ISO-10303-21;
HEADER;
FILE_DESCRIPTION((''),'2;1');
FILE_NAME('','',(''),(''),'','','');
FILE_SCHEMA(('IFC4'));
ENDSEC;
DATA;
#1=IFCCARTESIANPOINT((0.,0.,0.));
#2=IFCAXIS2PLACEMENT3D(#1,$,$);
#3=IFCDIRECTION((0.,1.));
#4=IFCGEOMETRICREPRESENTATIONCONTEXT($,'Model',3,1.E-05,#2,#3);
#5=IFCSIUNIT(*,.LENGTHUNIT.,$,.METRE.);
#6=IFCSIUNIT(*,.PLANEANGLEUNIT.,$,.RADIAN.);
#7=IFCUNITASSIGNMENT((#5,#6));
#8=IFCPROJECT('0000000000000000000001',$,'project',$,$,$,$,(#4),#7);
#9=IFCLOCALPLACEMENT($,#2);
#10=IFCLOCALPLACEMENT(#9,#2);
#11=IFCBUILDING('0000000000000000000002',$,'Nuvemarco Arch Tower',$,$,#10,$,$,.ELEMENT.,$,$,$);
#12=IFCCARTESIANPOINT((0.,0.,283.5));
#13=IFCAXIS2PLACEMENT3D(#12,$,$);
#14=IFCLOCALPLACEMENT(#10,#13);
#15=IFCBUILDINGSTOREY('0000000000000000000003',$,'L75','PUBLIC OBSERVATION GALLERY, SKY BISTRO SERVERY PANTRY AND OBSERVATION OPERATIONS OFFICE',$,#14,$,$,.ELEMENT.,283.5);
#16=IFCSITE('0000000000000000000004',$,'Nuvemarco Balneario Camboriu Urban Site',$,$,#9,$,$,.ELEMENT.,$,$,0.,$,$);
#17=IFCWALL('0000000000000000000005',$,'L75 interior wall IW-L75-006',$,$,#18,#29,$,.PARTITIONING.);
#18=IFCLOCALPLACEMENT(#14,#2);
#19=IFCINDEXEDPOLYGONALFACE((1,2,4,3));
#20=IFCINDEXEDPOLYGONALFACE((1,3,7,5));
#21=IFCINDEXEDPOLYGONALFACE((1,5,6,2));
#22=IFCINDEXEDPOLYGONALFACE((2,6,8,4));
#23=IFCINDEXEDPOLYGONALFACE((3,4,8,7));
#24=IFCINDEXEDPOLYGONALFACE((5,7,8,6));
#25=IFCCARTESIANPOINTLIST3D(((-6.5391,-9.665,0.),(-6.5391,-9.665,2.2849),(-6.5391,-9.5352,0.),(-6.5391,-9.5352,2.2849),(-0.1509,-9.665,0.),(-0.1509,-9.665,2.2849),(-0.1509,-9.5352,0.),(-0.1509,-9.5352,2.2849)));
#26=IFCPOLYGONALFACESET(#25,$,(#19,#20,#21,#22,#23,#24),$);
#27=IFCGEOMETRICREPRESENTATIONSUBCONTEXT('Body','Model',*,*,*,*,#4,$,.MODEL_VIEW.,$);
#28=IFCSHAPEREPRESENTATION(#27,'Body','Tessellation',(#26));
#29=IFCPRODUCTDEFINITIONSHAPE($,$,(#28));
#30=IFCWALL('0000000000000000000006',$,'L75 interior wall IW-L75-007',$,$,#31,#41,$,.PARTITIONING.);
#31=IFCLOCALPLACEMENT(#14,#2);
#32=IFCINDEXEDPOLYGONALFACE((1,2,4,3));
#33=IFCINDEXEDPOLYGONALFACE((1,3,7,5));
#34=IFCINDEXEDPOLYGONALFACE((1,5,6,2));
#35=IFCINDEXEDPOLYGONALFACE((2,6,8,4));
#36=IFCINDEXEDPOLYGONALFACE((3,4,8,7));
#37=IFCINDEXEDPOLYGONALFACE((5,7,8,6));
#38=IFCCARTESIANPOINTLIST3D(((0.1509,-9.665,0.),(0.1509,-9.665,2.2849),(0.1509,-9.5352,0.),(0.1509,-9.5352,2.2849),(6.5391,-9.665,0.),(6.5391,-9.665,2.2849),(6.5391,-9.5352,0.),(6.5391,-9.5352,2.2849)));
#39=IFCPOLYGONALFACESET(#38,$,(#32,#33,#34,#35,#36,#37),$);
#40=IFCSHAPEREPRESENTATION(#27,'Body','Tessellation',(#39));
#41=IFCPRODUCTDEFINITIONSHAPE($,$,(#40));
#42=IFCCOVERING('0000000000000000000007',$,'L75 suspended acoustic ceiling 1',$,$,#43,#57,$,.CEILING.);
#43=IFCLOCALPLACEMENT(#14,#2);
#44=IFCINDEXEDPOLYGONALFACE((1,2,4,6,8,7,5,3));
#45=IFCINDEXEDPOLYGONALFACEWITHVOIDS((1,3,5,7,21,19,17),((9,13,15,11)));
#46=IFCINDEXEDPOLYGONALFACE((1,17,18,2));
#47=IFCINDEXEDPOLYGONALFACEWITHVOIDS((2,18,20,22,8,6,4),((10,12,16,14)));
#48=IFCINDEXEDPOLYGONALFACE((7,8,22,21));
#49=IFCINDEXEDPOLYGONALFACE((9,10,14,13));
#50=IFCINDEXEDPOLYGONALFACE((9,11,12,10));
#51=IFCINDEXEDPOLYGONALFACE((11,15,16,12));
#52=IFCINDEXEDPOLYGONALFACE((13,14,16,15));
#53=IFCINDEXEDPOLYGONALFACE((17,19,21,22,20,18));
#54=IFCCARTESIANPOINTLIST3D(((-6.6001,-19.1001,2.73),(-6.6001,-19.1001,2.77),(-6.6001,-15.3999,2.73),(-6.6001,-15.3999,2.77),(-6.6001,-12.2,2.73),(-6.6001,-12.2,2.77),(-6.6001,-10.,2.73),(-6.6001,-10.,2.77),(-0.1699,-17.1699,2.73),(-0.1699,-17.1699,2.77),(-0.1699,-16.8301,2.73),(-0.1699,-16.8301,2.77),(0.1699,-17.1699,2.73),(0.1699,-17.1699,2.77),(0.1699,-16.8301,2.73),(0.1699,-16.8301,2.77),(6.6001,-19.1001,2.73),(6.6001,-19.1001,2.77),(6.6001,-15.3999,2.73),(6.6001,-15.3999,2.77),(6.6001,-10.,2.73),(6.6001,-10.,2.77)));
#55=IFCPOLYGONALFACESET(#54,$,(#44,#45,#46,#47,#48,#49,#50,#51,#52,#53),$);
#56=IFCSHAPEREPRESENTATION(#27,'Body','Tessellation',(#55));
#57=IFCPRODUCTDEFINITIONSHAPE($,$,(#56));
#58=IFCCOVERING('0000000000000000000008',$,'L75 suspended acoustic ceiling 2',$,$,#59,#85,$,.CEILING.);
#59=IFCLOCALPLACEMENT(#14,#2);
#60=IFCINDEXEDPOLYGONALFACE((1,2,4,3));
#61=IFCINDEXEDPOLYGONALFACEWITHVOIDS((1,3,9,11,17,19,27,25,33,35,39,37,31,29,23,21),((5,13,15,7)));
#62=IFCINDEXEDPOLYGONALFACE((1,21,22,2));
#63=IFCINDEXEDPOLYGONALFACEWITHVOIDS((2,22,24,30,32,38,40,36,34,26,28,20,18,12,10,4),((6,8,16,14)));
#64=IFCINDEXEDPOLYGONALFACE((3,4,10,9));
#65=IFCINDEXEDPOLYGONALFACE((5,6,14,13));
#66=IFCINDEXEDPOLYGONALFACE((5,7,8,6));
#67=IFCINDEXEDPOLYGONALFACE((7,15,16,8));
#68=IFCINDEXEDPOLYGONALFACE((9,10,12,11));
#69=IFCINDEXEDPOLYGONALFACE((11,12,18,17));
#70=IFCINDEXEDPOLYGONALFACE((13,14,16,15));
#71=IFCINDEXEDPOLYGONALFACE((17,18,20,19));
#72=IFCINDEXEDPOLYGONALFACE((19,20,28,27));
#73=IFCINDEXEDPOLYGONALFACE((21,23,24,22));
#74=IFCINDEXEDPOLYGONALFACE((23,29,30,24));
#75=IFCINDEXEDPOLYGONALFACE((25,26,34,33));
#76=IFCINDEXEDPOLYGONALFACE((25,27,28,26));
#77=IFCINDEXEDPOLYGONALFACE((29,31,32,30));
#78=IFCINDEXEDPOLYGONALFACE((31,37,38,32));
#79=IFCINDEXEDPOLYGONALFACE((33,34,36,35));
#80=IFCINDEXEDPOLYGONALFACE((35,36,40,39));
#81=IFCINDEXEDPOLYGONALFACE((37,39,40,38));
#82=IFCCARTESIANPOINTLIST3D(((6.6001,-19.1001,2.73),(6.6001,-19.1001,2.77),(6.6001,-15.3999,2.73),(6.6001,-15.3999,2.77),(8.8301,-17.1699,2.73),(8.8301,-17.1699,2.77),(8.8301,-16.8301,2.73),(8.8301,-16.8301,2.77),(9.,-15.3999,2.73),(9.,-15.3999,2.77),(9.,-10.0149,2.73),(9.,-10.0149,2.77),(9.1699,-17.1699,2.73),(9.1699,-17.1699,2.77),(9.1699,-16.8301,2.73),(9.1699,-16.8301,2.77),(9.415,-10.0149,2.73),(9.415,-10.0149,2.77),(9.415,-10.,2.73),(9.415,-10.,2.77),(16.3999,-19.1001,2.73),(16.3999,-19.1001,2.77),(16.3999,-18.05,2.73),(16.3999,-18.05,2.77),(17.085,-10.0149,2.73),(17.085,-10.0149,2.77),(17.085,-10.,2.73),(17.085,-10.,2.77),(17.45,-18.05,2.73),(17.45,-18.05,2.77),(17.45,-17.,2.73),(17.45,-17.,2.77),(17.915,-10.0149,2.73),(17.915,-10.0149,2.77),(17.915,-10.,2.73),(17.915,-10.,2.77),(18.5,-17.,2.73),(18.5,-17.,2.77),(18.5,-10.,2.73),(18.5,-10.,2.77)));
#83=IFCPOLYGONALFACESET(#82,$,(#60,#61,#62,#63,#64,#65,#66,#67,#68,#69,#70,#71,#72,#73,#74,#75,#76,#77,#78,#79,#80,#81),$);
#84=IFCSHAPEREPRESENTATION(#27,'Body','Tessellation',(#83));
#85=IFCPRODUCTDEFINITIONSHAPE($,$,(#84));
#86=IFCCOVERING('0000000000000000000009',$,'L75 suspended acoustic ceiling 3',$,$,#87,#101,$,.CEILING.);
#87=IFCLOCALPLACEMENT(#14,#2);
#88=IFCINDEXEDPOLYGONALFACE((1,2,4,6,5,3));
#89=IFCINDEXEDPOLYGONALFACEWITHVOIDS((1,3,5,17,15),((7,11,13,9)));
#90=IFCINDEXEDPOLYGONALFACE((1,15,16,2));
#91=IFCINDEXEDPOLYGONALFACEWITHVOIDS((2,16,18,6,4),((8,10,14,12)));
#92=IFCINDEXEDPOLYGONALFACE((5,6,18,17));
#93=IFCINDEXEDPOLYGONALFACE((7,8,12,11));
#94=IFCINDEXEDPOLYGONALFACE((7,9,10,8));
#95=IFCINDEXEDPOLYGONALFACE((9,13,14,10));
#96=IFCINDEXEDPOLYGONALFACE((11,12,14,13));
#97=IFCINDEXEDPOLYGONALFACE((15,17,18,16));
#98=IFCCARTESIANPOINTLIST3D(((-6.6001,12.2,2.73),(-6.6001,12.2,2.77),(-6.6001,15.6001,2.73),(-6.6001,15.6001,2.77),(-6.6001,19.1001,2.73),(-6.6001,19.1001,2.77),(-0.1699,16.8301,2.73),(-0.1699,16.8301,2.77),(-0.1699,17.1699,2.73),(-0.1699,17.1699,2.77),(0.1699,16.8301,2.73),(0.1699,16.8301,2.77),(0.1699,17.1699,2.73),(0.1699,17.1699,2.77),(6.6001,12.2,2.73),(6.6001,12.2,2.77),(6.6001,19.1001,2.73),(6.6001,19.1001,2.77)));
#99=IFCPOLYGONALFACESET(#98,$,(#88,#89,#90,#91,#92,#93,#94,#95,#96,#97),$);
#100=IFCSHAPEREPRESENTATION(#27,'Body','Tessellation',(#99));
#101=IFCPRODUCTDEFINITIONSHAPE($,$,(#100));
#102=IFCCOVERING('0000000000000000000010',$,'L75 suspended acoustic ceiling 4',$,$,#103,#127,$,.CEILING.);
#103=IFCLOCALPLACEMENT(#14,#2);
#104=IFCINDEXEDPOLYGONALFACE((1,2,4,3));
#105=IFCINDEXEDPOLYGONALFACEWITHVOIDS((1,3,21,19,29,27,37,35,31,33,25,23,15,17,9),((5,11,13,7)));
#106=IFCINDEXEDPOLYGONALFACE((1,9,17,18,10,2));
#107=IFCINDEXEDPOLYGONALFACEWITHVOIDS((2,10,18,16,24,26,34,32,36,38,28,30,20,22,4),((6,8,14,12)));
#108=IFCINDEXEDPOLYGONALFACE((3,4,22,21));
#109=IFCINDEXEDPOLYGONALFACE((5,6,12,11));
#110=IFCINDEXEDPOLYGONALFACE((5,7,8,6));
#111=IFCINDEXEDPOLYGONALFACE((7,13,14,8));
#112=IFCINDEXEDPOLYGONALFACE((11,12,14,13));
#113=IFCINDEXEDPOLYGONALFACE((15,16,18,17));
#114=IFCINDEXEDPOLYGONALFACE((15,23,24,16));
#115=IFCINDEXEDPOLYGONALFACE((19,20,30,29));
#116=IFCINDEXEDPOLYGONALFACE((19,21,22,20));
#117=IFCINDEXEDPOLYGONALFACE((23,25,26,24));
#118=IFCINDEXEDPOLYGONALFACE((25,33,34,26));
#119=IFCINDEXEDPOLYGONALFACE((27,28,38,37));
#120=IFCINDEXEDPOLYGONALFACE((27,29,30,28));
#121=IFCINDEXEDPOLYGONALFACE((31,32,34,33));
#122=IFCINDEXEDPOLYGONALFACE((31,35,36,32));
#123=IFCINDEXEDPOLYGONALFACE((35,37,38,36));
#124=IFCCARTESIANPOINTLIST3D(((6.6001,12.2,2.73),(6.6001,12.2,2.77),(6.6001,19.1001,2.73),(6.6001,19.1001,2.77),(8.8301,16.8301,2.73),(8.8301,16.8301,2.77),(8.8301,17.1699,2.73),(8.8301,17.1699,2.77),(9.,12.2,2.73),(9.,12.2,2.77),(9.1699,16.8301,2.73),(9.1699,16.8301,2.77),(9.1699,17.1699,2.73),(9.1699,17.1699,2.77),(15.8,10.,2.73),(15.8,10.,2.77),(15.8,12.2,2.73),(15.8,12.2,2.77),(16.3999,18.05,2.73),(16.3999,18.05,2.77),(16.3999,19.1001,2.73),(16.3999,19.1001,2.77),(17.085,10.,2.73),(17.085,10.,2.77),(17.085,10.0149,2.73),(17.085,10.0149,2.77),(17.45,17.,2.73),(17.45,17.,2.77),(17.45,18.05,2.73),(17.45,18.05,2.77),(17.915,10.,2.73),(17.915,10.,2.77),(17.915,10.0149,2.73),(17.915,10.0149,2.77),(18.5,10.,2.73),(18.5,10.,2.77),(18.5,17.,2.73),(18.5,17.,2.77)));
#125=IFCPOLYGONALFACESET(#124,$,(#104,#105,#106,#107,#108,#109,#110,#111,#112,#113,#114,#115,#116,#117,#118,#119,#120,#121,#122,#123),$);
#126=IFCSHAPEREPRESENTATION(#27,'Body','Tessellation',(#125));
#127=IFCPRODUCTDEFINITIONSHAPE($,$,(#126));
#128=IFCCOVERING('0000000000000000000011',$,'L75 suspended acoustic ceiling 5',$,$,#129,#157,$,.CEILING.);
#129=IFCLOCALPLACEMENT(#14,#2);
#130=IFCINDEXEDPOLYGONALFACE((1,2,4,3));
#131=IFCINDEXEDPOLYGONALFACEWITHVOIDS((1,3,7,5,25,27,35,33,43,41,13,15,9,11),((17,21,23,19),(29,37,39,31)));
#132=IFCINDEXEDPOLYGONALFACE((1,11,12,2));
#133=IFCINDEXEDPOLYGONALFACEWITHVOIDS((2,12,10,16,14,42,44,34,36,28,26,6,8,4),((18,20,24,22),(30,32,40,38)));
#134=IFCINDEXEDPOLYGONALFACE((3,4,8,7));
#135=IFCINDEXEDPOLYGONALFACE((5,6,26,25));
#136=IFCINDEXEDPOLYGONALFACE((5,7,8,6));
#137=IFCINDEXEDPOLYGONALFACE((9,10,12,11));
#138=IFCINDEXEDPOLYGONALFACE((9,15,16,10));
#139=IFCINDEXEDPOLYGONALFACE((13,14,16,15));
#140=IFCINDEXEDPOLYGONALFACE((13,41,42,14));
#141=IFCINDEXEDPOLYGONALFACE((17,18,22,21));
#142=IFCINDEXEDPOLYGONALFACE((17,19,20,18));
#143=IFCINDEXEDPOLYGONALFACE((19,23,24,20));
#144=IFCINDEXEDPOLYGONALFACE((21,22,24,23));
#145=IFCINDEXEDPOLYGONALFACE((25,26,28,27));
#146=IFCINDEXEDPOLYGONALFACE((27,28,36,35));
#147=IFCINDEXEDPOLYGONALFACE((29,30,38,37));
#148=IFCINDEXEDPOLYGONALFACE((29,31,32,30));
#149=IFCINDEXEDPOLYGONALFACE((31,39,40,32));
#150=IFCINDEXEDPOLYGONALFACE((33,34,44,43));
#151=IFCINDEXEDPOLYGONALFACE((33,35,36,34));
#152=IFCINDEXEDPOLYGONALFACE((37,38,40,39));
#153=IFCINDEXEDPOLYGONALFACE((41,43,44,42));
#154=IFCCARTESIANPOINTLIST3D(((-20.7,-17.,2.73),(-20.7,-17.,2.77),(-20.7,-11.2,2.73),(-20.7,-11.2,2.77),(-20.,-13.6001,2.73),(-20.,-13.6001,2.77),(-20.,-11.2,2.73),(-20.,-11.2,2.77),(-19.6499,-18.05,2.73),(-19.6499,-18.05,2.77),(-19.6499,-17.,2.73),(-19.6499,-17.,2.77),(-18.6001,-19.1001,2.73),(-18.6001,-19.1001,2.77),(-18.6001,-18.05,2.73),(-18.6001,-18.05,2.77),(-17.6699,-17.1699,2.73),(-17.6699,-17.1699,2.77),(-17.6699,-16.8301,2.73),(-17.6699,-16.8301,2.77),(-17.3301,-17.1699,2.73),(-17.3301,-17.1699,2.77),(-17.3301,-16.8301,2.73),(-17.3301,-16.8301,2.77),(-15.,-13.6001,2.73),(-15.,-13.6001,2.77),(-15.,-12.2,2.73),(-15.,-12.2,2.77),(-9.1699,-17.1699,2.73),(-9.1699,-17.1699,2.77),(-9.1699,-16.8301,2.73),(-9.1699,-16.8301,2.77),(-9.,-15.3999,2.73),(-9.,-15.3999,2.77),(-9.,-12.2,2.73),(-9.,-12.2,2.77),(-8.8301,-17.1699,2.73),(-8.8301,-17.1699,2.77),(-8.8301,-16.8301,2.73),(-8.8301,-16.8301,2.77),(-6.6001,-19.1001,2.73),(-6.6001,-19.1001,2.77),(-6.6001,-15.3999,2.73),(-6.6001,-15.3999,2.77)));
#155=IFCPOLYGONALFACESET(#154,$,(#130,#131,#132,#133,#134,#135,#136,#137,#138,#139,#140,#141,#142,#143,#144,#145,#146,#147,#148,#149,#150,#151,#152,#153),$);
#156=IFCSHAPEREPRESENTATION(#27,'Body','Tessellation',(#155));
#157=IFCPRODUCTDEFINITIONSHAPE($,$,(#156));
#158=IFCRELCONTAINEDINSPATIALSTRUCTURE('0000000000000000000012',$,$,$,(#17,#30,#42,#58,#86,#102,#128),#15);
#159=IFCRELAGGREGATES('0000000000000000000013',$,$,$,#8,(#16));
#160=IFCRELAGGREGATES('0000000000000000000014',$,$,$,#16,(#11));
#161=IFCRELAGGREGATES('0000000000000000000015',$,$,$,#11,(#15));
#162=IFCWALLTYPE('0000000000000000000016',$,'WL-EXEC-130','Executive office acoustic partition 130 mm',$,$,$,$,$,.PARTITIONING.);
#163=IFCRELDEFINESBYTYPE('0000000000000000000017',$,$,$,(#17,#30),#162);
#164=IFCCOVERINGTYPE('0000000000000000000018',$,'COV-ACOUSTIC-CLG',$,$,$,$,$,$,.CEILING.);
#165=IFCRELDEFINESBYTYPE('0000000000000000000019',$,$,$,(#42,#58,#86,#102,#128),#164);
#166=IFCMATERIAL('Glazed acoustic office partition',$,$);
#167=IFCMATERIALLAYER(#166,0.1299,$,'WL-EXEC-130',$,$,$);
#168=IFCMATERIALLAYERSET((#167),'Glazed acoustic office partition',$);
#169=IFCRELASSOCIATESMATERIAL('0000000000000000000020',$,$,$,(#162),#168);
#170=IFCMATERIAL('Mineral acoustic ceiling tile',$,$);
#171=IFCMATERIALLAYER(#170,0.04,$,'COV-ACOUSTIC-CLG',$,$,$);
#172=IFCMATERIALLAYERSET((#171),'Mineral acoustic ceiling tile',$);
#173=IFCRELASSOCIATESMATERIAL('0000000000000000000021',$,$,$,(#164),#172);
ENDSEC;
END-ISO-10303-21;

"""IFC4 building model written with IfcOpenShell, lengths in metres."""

from ifc_helpers import new_model, si_unit, direction, frame, frame_2d, origin, place, context, subcontext, project, spatial, polyline, rectangle, outline, extrude, material, layer, layer_set, type_object, element, save


model = new_model("IFC4")

# Units and contexts
model_context = context("Model", 3, precision=1e-05, world=origin(), true_north=direction((0.0, 1.0)))
body_context = subcontext(model_context, "Body", "Model", "MODEL_VIEW")
ifc_project = project(units=[si_unit("LENGTHUNIT", "METRE"), si_unit("PLANEANGLEUNIT", "RADIAN")], contexts=[model_context])

# Site, building, storey
site_placement = place(None, origin())
site = spatial("IfcSite", under=ifc_project, at=site_placement, Name="Nuvemarco Balneario Camboriu Urban Site", CompositionType="ELEMENT", RefElevation=0.0)
building_placement = place(site_placement, origin())
building = spatial("IfcBuilding", under=site, at=building_placement, Name="Nuvemarco Arch Tower", CompositionType="ELEMENT")
storey_placement = place(building_placement, frame((0.0, 0.0, 283.5)))
storey = spatial("IfcBuildingStorey", under=building, at=storey_placement, Name="L75", Description="PUBLIC OBSERVATION GALLERY, SKY BISTRO SERVERY PANTRY AND OBSERVATION OPERATIONS OFFICE", CompositionType="ELEMENT", Elevation=283.5)

# Walls
ifc_material_1 = material(Name="Glazed acoustic office partition")
ifc_layer_1 = layer(ifc_material_1, 0.1299, Name="WL-EXEC-130")
ifc_layer_set_1 = layer_set([ifc_layer_1], Name="Glazed acoustic office partition")
wall_type_1 = type_object("IfcWallType", Name="WL-EXEC-130", Description="Executive office acoustic partition 130 mm", PredefinedType="PARTITIONING", material=ifc_layer_set_1)
for number, where, z_axis, x_axis, name in (
    (1, (-6.5391, -9.6001, 0.0), (0.0, 0.0, 1.0), (1.0, 0.0, 0.0), "L75 interior wall IW-L75-006"),
    (2, (0.1509, -9.6001, 0.0), (0.0, 0.0, 1.0), (1.0, 0.0, 0.0), "L75 interior wall IW-L75-007"),
):
    element("IfcWall", number, at=place(storey_placement, frame(where, z_axis=z_axis, x_axis=x_axis)), inside=storey, type_object=wall_type_1, Name=name, PredefinedType="PARTITIONING", context=body_context, shape_type="SweptSolid", body=[
        extrude(rectangle(XDim=6.3882, YDim=0.1299, at=frame_2d((3.1941, 0.0))), origin(), (0.0, 0.0, 1.0), 2.2849),
    ])

# Coverings
ifc_material_2 = material(Name="Mineral acoustic ceiling tile")
ifc_layer_2 = layer(ifc_material_2, 0.04, Name="COV-ACOUSTIC-CLG")
ifc_layer_set_2 = layer_set([ifc_layer_2], Name="Mineral acoustic ceiling tile")
covering_type = type_object("IfcCoveringType", Name="COV-ACOUSTIC-CLG", PredefinedType="CEILING", material=ifc_layer_set_2)
covering_1_placement = place(storey_placement, frame((0.0, 0.0, 2.73)))
element("IfcCovering", 3, at=covering_1_placement, inside=storey, type_object=covering_type, Name="L75 suspended acoustic ceiling 1", PredefinedType="CEILING", context=body_context, shape_type="SweptSolid", body=[
    extrude(outline(polyline([(6.6001, -15.3999), (6.6001, -19.1001), (-6.6001, -19.1001), (-6.6001, -15.3999), (-6.6001, -12.2), (-6.6001, -10.0), (6.6001, -10.0), (6.6001, -15.3999)]), holes=[polyline([(0.1699, -17.1699), (0.1699, -16.8301), (-0.1699, -16.8301), (-0.1699, -17.1699), (0.1699, -17.1699)])]), origin(), (0.0, 0.0, 1.0), 0.04),
])
covering_2_placement = place(storey_placement, frame((0.0, 0.0, 2.73)))
element("IfcCovering", 4, at=covering_2_placement, inside=storey, type_object=covering_type, Name="L75 suspended acoustic ceiling 2", PredefinedType="CEILING", context=body_context, shape_type="SweptSolid", body=[
    extrude(outline(polyline([(16.3999, -19.1001), (6.6001, -19.1001), (6.6001, -15.3999), (9.0, -15.3999), (9.0, -10.0149), (9.415, -10.0149), (9.415, -10.0), (17.085, -10.0), (17.085, -10.0149), (17.915, -10.0149), (17.915, -10.0), (18.5, -10.0), (18.5, -17.0), (17.45, -17.0), (17.45, -18.05), (16.3999, -18.05), (16.3999, -19.1001)]), holes=[polyline([(9.1699, -17.1699), (9.1699, -16.8301), (8.8301, -16.8301), (8.8301, -17.1699), (9.1699, -17.1699)])]), origin(), (0.0, 0.0, 1.0), 0.04),
])
covering_3_placement = place(storey_placement, frame((0.0, 0.0, 2.73)))
element("IfcCovering", 5, at=covering_3_placement, inside=storey, type_object=covering_type, Name="L75 suspended acoustic ceiling 3", PredefinedType="CEILING", context=body_context, shape_type="SweptSolid", body=[
    extrude(outline(polyline([(6.6001, 12.2), (-6.6001, 12.2), (-6.6001, 15.6001), (-6.6001, 19.1001), (6.6001, 19.1001), (6.6001, 12.2)]), holes=[polyline([(0.1699, 16.8301), (0.1699, 17.1699), (-0.1699, 17.1699), (-0.1699, 16.8301), (0.1699, 16.8301)])]), origin(), (0.0, 0.0, 1.0), 0.04),
])
covering_4_placement = place(storey_placement, frame((0.0, 0.0, 2.73)))
element("IfcCovering", 6, at=covering_4_placement, inside=storey, type_object=covering_type, Name="L75 suspended acoustic ceiling 4", PredefinedType="CEILING", context=body_context, shape_type="SweptSolid", body=[
    extrude(outline(polyline([(18.5, 17.0), (18.5, 10.0), (17.915, 10.0), (17.915, 10.0149), (17.085, 10.0149), (17.085, 10.0), (15.8, 10.0), (15.8, 12.2), (9.0, 12.2), (6.6001, 12.2), (6.6001, 19.1001), (16.3999, 19.1001), (16.3999, 18.05), (17.45, 18.05), (17.45, 17.0), (18.5, 17.0)]), holes=[polyline([(9.1699, 17.1699), (8.8301, 17.1699), (8.8301, 16.8301), (9.1699, 16.8301), (9.1699, 17.1699)])]), origin(), (0.0, 0.0, 1.0), 0.04),
])
covering_5_placement = place(storey_placement, frame((0.0, 0.0, 2.73)))
element("IfcCovering", 7, at=covering_5_placement, inside=storey, type_object=covering_type, Name="L75 suspended acoustic ceiling 5", PredefinedType="CEILING", context=body_context, shape_type="SweptSolid", body=[
    extrude(outline(polyline([(-20.7, -17.0), (-20.7, -11.2), (-20.0, -11.2), (-20.0, -13.6001), (-15.0, -13.6001), (-15.0, -12.2), (-9.0, -12.2), (-9.0, -15.3999), (-6.6001, -15.3999), (-6.6001, -19.1001), (-18.6001, -19.1001), (-18.6001, -18.05), (-19.6499, -18.05), (-19.6499, -17.0), (-20.7, -17.0)]), holes=[polyline([(-17.3301, -16.8301), (-17.6699, -16.8301), (-17.6699, -17.1699), (-17.3301, -17.1699), (-17.3301, -16.8301)]), polyline([(-8.8301, -16.8301), (-9.1699, -16.8301), (-9.1699, -17.1699), (-8.8301, -17.1699), (-8.8301, -16.8301)])]), origin(), (0.0, 0.0, 1.0), 0.04),
])

save(model, "model.ifc")
